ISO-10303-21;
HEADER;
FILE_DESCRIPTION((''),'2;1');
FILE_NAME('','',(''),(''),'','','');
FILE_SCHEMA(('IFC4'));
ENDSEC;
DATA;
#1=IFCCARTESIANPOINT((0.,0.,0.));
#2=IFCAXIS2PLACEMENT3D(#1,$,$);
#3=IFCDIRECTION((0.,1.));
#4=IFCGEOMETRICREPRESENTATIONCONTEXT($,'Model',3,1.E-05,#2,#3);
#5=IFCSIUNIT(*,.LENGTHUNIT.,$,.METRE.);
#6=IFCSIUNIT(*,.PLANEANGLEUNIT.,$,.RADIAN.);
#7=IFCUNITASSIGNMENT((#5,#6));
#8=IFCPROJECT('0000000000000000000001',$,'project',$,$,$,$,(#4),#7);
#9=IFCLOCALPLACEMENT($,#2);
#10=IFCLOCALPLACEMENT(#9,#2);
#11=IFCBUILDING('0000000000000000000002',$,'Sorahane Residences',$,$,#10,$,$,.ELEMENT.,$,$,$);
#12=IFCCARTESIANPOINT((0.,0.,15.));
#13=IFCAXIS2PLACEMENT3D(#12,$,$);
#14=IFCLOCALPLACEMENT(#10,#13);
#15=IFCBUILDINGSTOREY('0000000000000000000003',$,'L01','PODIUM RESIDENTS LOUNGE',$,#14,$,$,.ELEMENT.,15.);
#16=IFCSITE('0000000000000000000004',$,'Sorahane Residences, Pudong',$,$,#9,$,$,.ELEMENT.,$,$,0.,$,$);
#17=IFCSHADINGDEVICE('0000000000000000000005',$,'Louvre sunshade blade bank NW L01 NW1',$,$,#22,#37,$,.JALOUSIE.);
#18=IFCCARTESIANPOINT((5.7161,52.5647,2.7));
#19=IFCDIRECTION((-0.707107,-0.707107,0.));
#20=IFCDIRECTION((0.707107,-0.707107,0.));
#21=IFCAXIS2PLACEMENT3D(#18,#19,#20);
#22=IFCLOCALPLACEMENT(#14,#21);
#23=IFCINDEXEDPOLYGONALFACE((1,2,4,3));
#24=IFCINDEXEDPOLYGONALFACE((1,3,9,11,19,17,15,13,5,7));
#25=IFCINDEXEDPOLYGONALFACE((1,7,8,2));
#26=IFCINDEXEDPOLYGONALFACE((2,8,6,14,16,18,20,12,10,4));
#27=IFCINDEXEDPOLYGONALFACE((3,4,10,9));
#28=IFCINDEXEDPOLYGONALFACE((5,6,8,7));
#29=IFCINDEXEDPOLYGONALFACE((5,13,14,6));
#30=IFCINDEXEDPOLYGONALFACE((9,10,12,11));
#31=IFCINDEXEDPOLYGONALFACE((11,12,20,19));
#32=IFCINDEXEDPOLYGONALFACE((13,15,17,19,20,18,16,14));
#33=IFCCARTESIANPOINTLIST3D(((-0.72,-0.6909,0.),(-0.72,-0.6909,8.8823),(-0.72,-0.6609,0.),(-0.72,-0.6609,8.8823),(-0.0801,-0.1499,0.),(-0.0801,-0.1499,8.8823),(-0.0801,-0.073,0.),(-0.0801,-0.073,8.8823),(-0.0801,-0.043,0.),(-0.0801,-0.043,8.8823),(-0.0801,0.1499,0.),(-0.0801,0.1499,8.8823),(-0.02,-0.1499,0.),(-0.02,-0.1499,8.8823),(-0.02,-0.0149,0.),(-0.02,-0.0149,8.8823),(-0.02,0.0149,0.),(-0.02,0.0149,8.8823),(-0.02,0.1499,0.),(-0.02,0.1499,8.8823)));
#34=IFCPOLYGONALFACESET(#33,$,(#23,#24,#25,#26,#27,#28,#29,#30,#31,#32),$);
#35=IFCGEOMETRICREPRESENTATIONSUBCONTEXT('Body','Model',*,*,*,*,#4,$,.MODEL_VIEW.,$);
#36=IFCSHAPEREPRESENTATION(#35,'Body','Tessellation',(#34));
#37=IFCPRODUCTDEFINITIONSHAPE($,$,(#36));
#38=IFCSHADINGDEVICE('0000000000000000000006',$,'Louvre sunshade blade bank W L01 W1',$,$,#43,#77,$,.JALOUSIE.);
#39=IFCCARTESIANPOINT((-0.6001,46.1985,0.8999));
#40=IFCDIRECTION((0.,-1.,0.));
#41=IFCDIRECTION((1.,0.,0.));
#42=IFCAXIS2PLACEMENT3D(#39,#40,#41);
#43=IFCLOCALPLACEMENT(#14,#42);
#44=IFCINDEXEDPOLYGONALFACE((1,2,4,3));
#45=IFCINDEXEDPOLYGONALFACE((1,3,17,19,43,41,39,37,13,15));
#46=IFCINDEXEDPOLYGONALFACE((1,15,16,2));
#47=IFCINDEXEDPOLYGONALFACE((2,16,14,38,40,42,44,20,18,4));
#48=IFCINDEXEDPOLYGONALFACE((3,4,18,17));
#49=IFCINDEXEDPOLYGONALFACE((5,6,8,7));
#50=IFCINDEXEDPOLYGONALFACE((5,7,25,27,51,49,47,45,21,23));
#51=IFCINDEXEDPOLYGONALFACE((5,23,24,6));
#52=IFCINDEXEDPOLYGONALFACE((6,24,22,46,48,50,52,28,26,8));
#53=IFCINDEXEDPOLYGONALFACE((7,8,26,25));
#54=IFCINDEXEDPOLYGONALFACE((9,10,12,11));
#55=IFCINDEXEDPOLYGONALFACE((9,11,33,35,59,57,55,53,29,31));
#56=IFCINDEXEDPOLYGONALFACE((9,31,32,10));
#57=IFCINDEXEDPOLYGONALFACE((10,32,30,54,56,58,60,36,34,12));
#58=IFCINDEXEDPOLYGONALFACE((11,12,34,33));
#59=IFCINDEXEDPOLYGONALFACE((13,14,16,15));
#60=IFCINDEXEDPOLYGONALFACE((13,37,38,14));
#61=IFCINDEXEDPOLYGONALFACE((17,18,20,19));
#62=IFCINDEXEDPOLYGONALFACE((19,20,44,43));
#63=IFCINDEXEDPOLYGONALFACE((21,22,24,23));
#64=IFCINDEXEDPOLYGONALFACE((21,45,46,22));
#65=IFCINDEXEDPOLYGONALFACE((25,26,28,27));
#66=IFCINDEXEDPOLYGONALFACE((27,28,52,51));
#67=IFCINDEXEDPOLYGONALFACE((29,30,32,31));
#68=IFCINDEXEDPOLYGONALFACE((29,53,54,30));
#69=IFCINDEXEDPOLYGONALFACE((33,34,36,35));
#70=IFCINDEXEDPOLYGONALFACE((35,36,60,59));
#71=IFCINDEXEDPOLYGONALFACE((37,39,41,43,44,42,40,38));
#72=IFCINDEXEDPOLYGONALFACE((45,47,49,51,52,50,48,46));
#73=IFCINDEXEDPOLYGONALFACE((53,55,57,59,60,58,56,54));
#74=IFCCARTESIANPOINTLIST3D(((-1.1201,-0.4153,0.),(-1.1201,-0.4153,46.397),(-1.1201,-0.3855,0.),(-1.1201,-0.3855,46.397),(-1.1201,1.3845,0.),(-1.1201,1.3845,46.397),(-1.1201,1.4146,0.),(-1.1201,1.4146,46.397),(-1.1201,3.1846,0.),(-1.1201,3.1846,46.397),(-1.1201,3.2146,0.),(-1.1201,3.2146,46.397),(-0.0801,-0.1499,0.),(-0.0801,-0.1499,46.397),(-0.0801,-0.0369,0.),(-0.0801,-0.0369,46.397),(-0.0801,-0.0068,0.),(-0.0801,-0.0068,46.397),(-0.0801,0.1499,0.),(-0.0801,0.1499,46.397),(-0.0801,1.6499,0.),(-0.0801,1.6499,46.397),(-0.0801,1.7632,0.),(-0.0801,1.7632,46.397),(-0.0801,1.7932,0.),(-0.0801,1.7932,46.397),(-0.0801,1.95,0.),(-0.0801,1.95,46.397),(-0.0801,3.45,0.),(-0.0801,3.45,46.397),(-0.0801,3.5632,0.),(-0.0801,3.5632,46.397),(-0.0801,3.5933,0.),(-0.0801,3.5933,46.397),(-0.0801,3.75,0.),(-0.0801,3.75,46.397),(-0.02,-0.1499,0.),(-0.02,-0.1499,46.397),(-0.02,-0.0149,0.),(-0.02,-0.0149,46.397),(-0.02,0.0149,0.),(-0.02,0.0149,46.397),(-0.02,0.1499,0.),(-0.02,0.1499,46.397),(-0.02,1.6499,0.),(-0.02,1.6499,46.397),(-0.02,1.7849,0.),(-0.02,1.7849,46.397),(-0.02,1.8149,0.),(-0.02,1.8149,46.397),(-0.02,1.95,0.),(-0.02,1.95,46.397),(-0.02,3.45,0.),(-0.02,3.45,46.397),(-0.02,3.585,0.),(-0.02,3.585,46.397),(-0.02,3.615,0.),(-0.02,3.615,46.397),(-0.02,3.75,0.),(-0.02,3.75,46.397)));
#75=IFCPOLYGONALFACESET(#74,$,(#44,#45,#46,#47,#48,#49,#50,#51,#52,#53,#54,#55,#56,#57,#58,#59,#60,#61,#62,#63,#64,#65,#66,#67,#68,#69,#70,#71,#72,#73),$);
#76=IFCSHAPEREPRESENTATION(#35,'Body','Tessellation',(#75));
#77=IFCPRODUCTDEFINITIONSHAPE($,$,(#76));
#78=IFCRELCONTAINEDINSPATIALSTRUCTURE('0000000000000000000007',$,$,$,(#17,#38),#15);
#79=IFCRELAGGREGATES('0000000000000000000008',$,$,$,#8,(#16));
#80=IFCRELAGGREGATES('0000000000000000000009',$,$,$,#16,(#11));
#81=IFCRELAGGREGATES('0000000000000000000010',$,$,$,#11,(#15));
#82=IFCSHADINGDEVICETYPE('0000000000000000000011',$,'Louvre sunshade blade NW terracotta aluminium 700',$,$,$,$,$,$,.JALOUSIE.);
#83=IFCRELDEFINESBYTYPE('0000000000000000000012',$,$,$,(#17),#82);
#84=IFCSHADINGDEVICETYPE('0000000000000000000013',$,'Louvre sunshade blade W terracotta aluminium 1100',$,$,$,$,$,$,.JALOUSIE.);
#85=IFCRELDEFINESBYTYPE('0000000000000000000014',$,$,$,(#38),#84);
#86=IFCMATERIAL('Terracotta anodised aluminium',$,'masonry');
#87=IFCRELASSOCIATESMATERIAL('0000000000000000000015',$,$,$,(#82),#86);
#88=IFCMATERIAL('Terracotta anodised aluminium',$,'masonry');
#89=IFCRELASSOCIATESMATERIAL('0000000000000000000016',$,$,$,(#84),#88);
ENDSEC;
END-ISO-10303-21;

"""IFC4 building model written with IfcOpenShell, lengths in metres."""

from ifc_helpers import new_model, si_unit, direction, frame, origin, place, context, subcontext, project, spatial, polyline, outline, composite_profile, extrude, material, type_object, element, save


model = new_model("IFC4")

# Units and contexts
model_context = context("Model", 3, precision=1e-05, world=origin(), true_north=direction((0.0, 1.0)))
body_context = subcontext(model_context, "Body", "Model", "MODEL_VIEW")
ifc_project = project(units=[si_unit("LENGTHUNIT", "METRE"), si_unit("PLANEANGLEUNIT", "RADIAN")], contexts=[model_context])

# Site, building, storey
site_placement = place(None, origin())
site = spatial("IfcSite", under=ifc_project, at=site_placement, Name="Sorahane Residences, Pudong", CompositionType="ELEMENT", RefElevation=0.0)
building_placement = place(site_placement, origin())
building = spatial("IfcBuilding", under=site, at=building_placement, Name="Sorahane Residences", CompositionType="ELEMENT")
storey_placement = place(building_placement, frame((0.0, 0.0, 15.0)))
storey = spatial("IfcBuildingStorey", under=building, at=storey_placement, Name="L01", Description="PODIUM RESIDENTS LOUNGE", CompositionType="ELEMENT", Elevation=15.0)

# Shading devices
ifc_material_1 = material(Name="Terracotta anodised aluminium", Category="masonry")
shading_device_type_1 = type_object("IfcShadingDeviceType", Name="Louvre sunshade blade NW terracotta aluminium 700", PredefinedType="JALOUSIE", material=ifc_material_1)
shading_device_1_placement = place(storey_placement, frame((5.7161, 52.5647, 2.7), z_axis=(-0.707107, -0.707107, 0.0), x_axis=(0.707107, -0.707107, 0.0)))
element("IfcShadingDevice", 1, at=shading_device_1_placement, inside=storey, type_object=shading_device_type_1, Name="Louvre sunshade blade bank NW L01 NW1", PredefinedType="JALOUSIE", context=body_context, shape_type="SweptSolid", body=[
    extrude(outline(polyline([(-0.72, -0.6609), (-0.72, -0.6909), (-0.0801, -0.073), (-0.0801, -0.1499), (-0.02, -0.1499), (-0.02, -0.0149), (-0.02, 0.0149), (-0.02, 0.1499), (-0.0801, 0.1499), (-0.0801, -0.043), (-0.72, -0.6609)])), origin(), (0.0, 0.0, 1.0), 8.8823),
])
ifc_material_2 = material(Name="Terracotta anodised aluminium", Category="masonry")
shading_device_type_2 = type_object("IfcShadingDeviceType", Name="Louvre sunshade blade W terracotta aluminium 1100", PredefinedType="JALOUSIE", material=ifc_material_2)
shading_device_2_placement = place(storey_placement, frame((-0.6001, 46.1985, 0.8999), z_axis=(0.0, -1.0, 0.0), x_axis=(1.0, 0.0, 0.0)))
element("IfcShadingDevice", 2, at=shading_device_2_placement, inside=storey, type_object=shading_device_type_2, Name="Louvre sunshade blade bank W L01 W1", PredefinedType="JALOUSIE", context=body_context, shape_type="SweptSolid", body=[
    extrude(composite_profile([outline(polyline([(-1.1201, -0.3855), (-1.1201, -0.4153), (-0.0801, -0.0369), (-0.0801, -0.1499), (-0.02, -0.1499), (-0.02, -0.0149), (-0.02, 0.0149), (-0.02, 0.1499), (-0.0801, 0.1499), (-0.0801, -0.0068), (-1.1201, -0.3855)])), outline(polyline([(-1.1201, 1.4146), (-1.1201, 1.3845), (-0.0801, 1.7632), (-0.0801, 1.6499), (-0.02, 1.6499), (-0.02, 1.7849), (-0.02, 1.8149), (-0.02, 1.95), (-0.0801, 1.95), (-0.0801, 1.7932), (-1.1201, 1.4146)])), outline(polyline([(-1.1201, 3.2146), (-1.1201, 3.1846), (-0.0801, 3.5632), (-0.0801, 3.45), (-0.02, 3.45), (-0.02, 3.585), (-0.02, 3.615), (-0.02, 3.75), (-0.0801, 3.75), (-0.0801, 3.5933), (-1.1201, 3.2146)]))]), origin(), (0.0, 0.0, 1.0), 46.397),
])

save(model, "model.ifc")
